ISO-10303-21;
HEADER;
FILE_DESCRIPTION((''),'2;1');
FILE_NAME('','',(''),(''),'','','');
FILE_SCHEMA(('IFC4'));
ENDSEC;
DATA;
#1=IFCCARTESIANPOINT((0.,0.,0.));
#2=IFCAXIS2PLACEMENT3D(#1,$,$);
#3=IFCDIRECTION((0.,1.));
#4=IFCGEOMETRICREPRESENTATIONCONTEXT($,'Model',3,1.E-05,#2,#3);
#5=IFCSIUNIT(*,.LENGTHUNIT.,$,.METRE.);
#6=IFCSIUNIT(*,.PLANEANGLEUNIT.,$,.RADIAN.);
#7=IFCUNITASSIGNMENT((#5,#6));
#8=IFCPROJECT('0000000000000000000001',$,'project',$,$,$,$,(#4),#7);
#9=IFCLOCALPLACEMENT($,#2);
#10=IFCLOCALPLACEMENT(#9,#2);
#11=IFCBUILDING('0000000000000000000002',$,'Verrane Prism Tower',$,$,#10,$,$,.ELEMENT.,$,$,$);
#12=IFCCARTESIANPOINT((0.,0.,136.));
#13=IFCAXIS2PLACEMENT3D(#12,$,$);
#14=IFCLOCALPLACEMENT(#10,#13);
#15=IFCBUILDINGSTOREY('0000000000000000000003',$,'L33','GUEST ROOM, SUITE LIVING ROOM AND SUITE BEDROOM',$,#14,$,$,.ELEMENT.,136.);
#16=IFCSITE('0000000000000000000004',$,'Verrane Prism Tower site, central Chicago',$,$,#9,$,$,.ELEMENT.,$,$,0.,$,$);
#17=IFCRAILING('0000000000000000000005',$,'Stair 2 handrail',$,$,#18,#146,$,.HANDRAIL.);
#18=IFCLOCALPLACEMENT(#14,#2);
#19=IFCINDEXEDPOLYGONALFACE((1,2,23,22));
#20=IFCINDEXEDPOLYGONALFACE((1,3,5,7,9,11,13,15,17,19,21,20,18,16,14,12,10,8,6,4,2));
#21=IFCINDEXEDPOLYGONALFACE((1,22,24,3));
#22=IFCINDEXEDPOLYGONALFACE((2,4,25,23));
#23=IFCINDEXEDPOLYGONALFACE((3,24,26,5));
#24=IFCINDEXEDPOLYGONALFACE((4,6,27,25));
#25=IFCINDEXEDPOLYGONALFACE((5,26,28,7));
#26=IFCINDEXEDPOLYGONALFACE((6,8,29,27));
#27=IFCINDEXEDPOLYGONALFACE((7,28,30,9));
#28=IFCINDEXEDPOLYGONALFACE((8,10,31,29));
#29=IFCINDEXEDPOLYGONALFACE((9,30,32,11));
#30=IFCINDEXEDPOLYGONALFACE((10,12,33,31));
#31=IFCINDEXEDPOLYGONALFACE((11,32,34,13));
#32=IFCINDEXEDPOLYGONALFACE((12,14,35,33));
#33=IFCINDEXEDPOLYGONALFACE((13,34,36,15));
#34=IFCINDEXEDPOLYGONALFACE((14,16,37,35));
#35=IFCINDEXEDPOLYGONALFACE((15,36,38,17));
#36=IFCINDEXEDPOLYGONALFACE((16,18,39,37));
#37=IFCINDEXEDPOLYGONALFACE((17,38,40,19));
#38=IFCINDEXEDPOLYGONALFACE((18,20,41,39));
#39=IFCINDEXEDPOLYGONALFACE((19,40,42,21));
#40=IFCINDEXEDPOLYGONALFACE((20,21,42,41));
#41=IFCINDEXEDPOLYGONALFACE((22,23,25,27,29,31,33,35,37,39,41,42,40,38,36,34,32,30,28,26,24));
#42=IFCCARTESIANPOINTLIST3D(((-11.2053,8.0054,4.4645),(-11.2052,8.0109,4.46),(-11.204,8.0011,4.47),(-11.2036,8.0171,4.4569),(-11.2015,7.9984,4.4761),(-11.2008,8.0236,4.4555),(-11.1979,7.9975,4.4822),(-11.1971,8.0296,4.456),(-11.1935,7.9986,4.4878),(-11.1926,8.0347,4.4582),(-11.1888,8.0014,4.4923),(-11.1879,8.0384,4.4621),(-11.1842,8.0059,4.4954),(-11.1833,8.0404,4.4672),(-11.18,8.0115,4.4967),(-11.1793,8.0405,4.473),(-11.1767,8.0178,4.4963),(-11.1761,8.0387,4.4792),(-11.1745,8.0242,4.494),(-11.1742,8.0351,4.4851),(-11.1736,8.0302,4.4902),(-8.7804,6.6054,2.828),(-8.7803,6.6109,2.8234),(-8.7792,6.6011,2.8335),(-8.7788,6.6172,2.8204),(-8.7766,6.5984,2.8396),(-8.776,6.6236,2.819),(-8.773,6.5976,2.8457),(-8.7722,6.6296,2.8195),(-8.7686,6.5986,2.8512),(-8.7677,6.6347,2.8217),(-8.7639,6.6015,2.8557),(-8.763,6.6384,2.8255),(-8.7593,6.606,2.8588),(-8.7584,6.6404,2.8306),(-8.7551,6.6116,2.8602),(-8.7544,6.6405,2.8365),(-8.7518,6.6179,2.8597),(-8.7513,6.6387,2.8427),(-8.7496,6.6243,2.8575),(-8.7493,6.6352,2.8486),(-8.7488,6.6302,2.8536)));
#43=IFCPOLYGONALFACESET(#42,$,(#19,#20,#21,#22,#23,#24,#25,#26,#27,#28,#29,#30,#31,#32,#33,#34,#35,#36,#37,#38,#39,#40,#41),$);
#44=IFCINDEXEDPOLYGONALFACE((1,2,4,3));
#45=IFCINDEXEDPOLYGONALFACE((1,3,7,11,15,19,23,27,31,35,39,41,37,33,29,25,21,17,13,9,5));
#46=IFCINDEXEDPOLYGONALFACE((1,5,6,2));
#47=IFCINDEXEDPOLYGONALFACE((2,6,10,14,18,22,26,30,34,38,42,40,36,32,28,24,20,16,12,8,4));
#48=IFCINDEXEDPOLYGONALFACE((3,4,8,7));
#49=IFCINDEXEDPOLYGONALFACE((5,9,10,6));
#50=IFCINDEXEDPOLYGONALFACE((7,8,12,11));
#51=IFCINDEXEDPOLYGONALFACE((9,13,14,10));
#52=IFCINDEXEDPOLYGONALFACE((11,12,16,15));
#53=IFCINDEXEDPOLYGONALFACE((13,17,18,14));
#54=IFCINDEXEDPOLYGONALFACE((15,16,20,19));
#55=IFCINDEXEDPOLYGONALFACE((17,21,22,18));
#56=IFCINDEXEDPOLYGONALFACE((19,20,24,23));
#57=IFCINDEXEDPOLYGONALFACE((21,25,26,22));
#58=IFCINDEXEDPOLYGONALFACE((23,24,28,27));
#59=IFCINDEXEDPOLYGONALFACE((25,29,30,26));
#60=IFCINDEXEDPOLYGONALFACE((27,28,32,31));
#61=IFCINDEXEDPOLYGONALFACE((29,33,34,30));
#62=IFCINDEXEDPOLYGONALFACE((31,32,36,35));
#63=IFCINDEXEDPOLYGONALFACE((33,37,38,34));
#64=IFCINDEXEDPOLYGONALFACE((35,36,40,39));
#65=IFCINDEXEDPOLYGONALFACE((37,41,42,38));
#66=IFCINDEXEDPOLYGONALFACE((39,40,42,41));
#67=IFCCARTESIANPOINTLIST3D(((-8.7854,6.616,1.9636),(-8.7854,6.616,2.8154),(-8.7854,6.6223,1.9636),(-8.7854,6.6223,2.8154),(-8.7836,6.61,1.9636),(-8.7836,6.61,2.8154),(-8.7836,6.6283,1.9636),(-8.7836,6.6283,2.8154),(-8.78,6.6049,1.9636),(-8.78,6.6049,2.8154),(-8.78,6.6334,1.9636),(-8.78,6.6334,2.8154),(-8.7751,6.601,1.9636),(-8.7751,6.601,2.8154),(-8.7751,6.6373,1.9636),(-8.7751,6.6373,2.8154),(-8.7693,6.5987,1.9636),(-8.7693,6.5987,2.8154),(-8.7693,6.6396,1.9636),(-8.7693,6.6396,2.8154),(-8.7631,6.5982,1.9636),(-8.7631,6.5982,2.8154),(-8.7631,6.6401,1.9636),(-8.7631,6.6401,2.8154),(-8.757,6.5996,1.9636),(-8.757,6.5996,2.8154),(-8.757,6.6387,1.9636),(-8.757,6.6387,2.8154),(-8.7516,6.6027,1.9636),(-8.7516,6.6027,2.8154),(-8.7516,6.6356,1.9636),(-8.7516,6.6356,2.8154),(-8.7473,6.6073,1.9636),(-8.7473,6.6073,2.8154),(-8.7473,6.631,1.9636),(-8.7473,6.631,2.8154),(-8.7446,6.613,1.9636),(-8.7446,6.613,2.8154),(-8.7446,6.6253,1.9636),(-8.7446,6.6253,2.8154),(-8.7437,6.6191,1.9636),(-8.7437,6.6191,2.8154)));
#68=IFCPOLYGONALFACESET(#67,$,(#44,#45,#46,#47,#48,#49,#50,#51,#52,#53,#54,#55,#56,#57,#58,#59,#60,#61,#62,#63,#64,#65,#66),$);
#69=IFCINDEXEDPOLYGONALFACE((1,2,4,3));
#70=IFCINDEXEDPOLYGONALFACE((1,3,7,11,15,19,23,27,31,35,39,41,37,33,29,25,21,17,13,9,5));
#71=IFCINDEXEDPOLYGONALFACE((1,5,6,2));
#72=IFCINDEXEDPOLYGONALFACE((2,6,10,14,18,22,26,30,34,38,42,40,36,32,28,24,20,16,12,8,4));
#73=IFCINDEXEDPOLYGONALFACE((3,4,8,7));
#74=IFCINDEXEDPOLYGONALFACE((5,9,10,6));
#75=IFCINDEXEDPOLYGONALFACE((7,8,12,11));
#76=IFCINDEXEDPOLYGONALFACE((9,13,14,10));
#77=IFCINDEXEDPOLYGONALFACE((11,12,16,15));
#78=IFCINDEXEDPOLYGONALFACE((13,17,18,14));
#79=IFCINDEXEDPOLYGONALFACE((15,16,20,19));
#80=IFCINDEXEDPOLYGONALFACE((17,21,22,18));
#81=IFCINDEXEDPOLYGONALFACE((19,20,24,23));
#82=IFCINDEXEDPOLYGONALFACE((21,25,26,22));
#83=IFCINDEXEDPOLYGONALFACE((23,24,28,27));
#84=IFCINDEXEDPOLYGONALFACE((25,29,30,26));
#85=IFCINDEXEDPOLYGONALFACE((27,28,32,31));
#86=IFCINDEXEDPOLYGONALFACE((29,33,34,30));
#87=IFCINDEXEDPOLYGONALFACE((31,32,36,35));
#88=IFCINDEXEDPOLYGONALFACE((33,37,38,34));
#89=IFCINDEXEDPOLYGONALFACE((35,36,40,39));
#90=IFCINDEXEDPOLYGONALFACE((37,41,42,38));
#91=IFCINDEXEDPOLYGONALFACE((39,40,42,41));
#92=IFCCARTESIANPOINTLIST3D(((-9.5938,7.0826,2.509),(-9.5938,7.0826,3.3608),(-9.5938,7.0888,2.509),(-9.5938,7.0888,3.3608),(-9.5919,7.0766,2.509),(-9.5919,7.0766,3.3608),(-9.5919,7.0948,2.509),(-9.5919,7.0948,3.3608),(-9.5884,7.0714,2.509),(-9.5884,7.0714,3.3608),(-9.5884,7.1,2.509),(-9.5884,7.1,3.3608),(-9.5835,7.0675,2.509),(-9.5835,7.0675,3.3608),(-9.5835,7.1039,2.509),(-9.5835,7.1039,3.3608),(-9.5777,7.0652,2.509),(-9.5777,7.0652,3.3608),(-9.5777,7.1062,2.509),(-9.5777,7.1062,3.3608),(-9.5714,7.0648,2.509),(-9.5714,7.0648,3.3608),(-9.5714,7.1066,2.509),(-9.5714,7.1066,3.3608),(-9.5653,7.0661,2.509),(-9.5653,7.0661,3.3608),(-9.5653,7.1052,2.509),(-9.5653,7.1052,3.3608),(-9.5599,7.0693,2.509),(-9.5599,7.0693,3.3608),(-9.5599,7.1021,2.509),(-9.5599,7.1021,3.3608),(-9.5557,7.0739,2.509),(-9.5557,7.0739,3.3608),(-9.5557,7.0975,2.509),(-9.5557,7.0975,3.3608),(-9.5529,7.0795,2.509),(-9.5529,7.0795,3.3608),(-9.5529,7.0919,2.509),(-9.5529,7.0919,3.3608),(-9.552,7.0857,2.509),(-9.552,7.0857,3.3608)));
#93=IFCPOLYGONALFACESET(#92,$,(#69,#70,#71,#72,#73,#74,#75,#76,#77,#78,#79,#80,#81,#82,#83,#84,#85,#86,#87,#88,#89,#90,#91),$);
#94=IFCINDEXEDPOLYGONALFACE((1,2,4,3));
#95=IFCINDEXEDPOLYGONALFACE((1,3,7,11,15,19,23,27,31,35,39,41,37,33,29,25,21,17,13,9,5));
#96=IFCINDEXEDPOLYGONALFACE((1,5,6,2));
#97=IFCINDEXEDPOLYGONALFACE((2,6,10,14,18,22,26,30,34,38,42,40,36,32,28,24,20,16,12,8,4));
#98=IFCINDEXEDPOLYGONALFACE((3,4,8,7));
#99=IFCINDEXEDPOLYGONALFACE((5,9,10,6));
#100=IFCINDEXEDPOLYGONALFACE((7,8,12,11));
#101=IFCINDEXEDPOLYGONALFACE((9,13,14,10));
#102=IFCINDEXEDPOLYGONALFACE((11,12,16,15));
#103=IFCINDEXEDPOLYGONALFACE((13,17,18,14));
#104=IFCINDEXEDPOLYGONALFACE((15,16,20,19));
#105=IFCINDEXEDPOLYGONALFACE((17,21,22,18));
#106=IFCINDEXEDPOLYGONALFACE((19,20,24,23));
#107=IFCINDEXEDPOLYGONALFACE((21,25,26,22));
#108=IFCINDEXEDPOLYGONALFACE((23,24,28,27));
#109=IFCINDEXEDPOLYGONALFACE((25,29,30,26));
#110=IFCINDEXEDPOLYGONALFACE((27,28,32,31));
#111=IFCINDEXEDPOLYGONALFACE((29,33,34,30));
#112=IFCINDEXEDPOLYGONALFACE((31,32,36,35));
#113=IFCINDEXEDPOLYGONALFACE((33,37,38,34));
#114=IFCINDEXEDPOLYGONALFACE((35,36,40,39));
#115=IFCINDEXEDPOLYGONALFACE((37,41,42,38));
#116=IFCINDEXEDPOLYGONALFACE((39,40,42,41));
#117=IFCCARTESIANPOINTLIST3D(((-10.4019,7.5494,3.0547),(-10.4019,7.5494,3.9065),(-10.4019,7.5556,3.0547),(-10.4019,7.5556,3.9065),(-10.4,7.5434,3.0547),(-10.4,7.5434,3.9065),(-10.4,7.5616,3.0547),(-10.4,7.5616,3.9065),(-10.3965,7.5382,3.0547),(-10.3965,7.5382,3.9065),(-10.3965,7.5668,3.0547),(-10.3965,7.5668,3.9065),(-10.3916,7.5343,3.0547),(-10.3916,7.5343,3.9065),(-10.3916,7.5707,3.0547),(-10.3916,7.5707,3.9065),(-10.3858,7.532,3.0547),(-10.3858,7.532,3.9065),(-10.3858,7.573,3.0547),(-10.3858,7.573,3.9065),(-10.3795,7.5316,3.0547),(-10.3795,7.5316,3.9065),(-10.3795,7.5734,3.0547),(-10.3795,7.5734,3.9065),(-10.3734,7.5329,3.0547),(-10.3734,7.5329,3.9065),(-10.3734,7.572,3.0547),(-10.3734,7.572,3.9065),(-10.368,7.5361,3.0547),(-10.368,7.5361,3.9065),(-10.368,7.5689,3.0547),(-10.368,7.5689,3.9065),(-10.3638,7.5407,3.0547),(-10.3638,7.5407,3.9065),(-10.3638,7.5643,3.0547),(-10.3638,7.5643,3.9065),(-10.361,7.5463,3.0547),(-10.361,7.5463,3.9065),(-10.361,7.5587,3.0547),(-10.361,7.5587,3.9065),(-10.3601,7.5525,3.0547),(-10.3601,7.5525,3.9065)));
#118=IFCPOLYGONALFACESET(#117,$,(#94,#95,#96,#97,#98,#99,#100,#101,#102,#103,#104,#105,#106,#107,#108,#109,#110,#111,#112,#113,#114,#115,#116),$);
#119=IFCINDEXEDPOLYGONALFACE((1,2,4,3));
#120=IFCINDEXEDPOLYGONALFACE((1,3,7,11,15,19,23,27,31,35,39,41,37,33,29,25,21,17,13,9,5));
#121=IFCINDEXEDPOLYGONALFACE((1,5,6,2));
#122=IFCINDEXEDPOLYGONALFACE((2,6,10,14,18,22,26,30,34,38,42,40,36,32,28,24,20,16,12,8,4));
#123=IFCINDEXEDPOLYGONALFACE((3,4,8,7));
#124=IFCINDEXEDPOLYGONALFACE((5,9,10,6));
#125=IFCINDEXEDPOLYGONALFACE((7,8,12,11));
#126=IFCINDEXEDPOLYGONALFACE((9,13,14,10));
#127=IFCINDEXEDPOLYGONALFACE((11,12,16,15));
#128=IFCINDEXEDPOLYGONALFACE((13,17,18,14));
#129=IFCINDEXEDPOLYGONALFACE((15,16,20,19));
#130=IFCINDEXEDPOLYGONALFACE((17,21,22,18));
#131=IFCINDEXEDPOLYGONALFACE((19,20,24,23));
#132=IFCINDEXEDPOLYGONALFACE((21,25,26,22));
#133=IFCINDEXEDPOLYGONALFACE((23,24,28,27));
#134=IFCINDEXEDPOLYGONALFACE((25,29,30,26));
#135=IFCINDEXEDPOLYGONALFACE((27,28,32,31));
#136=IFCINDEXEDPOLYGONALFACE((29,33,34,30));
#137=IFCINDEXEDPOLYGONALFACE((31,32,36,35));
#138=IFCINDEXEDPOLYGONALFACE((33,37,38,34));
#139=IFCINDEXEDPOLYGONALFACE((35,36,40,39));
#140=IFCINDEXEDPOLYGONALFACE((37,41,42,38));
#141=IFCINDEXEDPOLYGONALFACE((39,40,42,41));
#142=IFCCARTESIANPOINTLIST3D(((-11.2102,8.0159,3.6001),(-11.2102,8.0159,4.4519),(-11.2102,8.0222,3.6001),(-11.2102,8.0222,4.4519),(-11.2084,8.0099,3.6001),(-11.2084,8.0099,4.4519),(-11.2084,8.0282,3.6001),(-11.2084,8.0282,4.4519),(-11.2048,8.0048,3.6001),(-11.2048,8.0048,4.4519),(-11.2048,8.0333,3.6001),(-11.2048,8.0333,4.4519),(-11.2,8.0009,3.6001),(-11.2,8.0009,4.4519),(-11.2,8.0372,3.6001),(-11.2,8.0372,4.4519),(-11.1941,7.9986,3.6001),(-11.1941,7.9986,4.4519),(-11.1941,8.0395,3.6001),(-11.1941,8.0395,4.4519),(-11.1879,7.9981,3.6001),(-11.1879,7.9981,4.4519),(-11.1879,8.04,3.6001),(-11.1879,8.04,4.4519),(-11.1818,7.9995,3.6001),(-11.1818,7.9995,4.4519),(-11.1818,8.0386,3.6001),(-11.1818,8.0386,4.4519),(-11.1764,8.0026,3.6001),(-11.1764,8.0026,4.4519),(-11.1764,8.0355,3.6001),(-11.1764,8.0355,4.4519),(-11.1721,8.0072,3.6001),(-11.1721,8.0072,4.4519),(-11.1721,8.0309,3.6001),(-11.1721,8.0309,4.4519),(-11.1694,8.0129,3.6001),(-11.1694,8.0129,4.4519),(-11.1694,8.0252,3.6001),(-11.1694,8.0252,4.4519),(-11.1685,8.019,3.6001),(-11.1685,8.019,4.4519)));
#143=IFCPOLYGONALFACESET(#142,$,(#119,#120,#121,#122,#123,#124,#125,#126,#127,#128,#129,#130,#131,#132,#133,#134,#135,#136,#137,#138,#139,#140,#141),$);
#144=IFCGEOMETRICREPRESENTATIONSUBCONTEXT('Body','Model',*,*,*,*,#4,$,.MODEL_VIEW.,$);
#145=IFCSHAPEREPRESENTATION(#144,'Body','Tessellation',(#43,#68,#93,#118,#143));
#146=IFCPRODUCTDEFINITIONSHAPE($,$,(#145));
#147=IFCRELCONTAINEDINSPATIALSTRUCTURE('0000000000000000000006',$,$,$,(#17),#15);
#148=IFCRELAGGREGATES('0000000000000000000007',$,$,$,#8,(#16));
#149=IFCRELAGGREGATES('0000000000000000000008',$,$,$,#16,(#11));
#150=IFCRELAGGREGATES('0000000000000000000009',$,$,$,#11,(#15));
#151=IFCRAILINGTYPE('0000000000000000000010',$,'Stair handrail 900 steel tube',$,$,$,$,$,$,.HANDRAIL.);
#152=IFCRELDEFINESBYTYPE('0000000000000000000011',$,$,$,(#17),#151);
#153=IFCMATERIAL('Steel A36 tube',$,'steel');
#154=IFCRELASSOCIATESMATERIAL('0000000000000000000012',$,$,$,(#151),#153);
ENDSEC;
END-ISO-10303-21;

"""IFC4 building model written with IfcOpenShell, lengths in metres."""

from ifc_helpers import new_model, si_unit, direction, frame, origin, origin_2d, place, context, subcontext, project, spatial, circle, extrude, material, type_object, element, save


model = new_model("IFC4")

# Units and contexts
model_context = context("Model", 3, precision=1e-05, world=origin(), true_north=direction((0.0, 1.0)))
body_context = subcontext(model_context, "Body", "Model", "MODEL_VIEW")
ifc_project = project(units=[si_unit("LENGTHUNIT", "METRE"), si_unit("PLANEANGLEUNIT", "RADIAN")], contexts=[model_context])

# Site, building, storey
site_placement = place(None, origin())
site = spatial("IfcSite", under=ifc_project, at=site_placement, Name="Verrane Prism Tower site, central Chicago", CompositionType="ELEMENT", RefElevation=0.0)
building_placement = place(site_placement, origin())
building = spatial("IfcBuilding", under=site, at=building_placement, Name="Verrane Prism Tower", CompositionType="ELEMENT")
storey_placement = place(building_placement, frame((0.0, 0.0, 136.0)))
storey = spatial("IfcBuildingStorey", under=building, at=storey_placement, Name="L33", Description="GUEST ROOM, SUITE LIVING ROOM AND SUITE BEDROOM", CompositionType="ELEMENT", Elevation=136.0)

# Railing
ifc_material_1 = material(Name="Steel A36 tube", Category="steel")
railing_type_1 = type_object("IfcRailingType", Name="Stair handrail 900 steel tube", PredefinedType="HANDRAIL", material=ifc_material_1)
railing_1_placement = place(storey_placement, frame((-8.7646, 6.6191, 1.9636)))
element("IfcRailing", 1, at=railing_1_placement, inside=storey, type_object=railing_type_1, Name="Stair 2 handrail", PredefinedType="HANDRAIL", context=body_context, shape_type="SweptSolid", body=[
    extrude(circle(Radius=0.0239, at=origin_2d()), frame((0.0, 0.0, 0.876), z_axis=(-0.74769, 0.431661, 0.504608), x_axis=(-0.499984, -0.866035, 0.0)), (0.0, 0.0, 1.0), 3.2432),
    extrude(circle(Radius=0.021, at=origin_2d()), origin(), (0.0, 0.0, 1.0), 0.8518),
    extrude(circle(Radius=0.021, at=origin_2d()), frame((-0.8083, 0.4666, 0.5454)), (0.0, 0.0, 1.0), 0.8518),
    extrude(circle(Radius=0.021, at=origin_2d()), frame((-1.6165, 0.9333, 1.0911)), (0.0, 0.0, 1.0), 0.8518),
    extrude(circle(Radius=0.021, at=origin_2d()), frame((-2.4248, 1.3999, 1.6365)), (0.0, 0.0, 1.0), 0.8518),
])

save(model, "model.ifc")
